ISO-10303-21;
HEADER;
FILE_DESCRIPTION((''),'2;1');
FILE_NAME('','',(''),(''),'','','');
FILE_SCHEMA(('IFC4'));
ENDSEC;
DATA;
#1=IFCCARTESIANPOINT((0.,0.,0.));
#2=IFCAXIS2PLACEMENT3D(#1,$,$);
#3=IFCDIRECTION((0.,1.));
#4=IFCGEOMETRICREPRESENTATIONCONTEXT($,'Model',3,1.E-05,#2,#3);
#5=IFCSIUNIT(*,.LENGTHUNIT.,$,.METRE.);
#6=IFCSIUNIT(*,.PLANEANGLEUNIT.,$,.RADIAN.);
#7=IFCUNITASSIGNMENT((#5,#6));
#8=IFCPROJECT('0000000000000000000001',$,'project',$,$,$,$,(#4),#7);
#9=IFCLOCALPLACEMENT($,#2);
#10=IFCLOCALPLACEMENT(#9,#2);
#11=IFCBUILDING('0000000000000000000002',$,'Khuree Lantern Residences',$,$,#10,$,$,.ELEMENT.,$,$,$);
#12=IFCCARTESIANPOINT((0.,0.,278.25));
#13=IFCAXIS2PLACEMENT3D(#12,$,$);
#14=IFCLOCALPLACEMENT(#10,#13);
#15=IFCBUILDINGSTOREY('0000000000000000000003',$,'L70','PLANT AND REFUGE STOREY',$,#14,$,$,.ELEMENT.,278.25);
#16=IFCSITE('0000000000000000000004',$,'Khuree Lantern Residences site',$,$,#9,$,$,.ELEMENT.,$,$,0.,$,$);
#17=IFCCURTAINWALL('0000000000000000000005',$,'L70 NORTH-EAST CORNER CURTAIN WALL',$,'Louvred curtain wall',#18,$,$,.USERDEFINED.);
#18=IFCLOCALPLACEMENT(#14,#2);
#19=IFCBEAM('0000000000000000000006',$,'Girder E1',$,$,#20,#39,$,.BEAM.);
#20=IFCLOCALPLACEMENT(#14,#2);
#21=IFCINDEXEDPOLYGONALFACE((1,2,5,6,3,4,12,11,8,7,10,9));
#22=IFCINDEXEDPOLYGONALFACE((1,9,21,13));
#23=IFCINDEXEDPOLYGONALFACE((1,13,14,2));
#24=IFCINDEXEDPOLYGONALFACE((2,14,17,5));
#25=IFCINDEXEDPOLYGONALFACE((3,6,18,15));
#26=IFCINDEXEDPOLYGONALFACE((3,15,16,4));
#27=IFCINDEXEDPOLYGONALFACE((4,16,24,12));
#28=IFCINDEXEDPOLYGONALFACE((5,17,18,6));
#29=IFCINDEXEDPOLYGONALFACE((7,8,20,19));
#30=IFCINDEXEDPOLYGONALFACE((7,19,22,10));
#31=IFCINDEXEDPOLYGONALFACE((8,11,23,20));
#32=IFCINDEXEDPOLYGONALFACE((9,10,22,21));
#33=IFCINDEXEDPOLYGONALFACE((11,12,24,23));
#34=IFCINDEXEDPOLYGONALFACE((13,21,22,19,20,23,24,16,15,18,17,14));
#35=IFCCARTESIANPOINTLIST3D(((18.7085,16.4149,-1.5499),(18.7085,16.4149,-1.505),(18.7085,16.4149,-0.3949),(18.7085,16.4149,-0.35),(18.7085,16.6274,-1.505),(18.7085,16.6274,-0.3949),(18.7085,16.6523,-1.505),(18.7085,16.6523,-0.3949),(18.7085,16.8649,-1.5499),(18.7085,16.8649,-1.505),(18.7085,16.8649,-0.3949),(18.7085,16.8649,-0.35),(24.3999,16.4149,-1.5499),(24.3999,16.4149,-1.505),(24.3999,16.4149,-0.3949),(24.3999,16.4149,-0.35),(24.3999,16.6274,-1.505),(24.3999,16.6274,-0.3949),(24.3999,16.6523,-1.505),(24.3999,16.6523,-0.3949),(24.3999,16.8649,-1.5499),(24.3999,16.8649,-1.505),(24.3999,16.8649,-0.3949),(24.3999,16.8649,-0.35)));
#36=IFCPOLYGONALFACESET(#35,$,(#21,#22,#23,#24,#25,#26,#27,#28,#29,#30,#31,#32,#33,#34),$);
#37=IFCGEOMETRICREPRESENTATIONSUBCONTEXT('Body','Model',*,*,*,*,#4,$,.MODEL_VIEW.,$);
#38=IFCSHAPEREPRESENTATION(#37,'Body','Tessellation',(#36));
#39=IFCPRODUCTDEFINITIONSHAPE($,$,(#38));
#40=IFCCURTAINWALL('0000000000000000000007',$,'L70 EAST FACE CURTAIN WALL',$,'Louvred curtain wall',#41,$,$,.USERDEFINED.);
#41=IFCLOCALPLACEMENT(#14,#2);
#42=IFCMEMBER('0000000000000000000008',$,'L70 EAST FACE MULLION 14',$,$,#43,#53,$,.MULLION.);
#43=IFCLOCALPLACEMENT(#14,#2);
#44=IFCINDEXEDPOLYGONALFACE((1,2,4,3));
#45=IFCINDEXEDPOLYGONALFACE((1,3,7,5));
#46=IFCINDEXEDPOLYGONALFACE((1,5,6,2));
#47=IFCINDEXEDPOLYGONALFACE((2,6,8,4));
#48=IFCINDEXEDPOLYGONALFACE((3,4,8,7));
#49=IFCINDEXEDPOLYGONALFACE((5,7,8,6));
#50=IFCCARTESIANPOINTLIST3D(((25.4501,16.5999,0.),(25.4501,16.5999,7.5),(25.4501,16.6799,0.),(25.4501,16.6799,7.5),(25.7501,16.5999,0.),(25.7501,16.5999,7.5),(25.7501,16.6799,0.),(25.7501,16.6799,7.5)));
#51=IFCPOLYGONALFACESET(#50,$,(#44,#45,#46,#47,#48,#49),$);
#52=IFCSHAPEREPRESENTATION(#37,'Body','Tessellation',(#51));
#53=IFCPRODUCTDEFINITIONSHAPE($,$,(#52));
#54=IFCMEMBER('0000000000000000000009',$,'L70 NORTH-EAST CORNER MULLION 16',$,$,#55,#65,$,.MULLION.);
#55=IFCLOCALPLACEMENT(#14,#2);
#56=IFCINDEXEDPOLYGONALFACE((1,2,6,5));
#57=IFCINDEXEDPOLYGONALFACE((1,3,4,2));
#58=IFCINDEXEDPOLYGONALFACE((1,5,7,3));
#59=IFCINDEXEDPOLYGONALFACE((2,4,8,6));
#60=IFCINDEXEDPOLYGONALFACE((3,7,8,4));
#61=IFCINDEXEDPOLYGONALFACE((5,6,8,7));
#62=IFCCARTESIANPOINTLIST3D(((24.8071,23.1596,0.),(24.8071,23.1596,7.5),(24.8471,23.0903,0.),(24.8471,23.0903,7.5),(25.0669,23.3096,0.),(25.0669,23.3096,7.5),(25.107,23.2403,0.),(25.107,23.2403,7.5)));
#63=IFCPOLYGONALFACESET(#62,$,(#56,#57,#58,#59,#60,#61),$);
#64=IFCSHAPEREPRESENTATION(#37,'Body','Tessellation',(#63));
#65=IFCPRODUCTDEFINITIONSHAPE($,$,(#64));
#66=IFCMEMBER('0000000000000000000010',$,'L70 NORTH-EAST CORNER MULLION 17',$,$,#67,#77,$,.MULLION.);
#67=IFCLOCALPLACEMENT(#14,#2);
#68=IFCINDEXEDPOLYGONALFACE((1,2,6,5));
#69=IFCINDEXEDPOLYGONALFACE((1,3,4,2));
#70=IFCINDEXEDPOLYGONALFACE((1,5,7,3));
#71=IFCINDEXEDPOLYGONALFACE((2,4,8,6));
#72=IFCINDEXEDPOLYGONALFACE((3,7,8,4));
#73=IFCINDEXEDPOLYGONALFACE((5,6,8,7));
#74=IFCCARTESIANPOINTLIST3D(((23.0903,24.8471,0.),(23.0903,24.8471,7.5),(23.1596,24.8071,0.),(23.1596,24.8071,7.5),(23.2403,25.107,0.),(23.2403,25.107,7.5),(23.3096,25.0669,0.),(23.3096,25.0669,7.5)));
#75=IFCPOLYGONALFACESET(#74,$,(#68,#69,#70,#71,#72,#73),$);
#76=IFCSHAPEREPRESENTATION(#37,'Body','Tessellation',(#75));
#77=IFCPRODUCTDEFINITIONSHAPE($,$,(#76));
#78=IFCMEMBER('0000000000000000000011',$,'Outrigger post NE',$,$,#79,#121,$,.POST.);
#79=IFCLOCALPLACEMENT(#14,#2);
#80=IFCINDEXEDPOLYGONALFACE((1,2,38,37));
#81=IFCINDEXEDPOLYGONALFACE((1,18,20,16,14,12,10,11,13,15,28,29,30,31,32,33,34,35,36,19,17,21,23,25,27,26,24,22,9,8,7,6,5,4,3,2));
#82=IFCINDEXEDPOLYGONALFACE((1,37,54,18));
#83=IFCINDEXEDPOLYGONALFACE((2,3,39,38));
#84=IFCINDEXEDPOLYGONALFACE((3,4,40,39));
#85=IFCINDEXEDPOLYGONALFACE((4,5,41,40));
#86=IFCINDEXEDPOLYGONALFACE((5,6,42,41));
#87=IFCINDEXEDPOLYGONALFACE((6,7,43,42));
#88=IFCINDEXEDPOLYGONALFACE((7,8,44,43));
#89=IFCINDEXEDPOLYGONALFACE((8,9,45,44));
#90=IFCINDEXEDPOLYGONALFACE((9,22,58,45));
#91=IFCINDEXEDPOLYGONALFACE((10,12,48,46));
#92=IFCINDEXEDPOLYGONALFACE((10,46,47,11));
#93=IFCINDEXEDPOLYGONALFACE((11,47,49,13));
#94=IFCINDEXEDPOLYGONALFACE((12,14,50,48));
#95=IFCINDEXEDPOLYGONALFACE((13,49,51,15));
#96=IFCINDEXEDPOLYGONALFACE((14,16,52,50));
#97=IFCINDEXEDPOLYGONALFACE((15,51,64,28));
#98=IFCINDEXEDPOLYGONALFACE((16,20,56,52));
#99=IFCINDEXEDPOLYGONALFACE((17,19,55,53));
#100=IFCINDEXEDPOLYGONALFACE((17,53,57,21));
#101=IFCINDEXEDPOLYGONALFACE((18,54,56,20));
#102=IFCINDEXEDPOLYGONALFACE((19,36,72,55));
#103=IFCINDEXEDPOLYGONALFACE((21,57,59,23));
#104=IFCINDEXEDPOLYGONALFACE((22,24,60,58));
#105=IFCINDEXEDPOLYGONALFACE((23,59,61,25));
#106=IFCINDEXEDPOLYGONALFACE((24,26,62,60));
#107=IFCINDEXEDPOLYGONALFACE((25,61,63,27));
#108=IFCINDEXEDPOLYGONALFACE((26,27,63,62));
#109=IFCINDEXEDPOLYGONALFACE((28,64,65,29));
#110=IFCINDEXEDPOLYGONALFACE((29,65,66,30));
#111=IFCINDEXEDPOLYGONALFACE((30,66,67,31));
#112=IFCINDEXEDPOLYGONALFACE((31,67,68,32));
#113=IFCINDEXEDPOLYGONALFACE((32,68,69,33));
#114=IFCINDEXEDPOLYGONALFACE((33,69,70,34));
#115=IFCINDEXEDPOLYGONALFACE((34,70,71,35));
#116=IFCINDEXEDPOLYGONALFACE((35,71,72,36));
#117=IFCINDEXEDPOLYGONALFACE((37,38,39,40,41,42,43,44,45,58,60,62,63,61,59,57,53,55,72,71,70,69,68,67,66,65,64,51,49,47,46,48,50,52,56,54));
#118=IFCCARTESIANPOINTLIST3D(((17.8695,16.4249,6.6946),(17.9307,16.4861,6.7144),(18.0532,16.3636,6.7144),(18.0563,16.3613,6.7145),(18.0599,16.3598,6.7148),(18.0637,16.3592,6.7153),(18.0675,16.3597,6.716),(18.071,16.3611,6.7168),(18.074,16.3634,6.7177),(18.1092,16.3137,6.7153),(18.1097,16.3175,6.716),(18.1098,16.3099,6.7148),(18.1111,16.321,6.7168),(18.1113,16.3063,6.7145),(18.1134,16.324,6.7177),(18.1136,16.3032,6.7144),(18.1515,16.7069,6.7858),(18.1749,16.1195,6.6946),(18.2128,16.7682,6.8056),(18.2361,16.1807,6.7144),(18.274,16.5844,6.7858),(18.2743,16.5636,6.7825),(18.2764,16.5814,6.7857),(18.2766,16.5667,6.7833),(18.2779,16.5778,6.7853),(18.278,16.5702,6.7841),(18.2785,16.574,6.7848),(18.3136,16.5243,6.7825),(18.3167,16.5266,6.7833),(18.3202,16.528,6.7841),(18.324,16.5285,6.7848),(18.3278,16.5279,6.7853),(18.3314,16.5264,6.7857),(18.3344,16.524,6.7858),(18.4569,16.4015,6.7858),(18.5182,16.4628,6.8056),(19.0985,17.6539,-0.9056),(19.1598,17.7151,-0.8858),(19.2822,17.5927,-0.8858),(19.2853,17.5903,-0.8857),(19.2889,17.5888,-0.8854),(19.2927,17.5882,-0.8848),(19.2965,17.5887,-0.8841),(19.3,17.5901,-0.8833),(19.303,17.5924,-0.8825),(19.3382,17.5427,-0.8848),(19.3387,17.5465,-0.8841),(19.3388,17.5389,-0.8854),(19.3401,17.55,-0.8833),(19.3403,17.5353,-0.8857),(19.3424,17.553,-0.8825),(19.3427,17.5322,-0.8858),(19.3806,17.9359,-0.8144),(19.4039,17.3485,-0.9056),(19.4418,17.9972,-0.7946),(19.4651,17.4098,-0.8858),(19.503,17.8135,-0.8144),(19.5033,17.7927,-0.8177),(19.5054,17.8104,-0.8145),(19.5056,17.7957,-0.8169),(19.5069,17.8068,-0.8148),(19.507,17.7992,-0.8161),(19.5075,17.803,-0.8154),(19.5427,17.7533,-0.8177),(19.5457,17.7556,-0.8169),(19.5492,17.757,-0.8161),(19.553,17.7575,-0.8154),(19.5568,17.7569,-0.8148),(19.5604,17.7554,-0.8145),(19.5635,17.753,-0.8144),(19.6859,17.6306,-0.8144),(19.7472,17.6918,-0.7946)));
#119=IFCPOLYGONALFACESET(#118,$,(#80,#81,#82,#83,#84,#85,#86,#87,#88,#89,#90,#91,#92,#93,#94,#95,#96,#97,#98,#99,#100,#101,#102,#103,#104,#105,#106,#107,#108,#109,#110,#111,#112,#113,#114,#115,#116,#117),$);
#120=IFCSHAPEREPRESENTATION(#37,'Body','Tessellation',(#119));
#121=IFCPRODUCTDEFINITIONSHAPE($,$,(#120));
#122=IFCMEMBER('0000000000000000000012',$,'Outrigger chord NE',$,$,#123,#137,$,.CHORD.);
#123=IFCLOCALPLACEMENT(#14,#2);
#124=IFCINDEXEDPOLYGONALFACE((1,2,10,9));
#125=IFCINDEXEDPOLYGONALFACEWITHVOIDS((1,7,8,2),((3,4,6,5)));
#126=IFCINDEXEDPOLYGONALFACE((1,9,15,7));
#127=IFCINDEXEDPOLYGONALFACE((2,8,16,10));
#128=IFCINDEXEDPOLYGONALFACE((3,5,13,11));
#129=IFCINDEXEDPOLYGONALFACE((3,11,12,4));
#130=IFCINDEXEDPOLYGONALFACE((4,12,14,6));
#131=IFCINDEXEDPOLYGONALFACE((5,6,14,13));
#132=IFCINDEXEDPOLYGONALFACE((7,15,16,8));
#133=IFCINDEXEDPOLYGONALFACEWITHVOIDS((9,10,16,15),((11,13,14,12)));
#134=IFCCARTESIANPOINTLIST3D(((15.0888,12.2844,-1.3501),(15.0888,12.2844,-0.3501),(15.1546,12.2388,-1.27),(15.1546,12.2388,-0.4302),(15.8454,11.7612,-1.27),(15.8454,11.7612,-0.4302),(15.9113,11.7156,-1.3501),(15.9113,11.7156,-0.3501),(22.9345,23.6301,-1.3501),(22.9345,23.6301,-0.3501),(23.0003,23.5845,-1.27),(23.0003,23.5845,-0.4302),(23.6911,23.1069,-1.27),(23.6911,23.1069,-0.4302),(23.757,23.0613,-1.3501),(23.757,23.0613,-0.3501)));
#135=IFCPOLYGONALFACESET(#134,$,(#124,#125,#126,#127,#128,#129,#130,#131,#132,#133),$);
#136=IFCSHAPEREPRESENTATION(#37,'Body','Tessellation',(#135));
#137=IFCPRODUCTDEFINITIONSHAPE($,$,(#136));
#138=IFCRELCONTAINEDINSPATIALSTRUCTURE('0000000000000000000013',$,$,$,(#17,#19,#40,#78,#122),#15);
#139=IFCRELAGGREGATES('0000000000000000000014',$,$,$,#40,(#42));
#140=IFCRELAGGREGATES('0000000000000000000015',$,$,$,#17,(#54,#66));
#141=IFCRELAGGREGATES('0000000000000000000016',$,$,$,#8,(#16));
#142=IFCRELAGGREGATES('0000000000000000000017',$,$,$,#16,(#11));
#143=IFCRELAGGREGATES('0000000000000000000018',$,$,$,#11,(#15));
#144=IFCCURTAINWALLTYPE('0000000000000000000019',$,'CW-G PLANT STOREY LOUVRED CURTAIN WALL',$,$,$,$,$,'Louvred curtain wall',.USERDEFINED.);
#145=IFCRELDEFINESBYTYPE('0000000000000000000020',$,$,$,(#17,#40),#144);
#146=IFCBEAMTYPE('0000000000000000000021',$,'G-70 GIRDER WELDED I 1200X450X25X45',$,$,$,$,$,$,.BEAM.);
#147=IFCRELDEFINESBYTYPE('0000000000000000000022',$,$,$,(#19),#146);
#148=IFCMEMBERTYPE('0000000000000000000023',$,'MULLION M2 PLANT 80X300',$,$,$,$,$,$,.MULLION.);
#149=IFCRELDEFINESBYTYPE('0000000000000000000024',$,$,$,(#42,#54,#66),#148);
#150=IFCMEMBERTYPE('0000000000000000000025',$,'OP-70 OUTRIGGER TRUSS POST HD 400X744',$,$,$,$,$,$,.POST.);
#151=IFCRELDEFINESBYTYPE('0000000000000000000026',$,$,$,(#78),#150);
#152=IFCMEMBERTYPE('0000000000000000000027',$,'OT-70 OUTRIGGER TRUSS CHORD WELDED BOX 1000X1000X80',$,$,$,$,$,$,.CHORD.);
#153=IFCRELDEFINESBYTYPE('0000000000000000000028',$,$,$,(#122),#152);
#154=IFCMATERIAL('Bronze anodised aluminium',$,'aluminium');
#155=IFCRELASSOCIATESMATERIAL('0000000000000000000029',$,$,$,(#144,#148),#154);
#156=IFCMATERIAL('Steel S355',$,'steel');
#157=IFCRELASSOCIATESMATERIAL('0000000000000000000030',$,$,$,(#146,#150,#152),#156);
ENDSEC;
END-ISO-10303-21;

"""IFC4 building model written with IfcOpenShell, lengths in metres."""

from ifc_helpers import new_model, si_unit, direction, frame, origin, origin_2d, place, context, subcontext, project, spatial, rectangle, hollow_rectangle, i_section, extrude, material, material_profile, profile_set, type_object, element, aggregate, save


model = new_model("IFC4")

# Units and contexts
model_context = context("Model", 3, precision=1e-05, world=origin(), true_north=direction((0.0, 1.0)))
body_context = subcontext(model_context, "Body", "Model", "MODEL_VIEW")
ifc_project = project(units=[si_unit("LENGTHUNIT", "METRE"), si_unit("PLANEANGLEUNIT", "RADIAN")], contexts=[model_context])

# Site, building, storey
site_placement = place(None, origin())
site = spatial("IfcSite", under=ifc_project, at=site_placement, Name="Khuree Lantern Residences site", CompositionType="ELEMENT", RefElevation=0.0)
building_placement = place(site_placement, origin())
building = spatial("IfcBuilding", under=site, at=building_placement, Name="Khuree Lantern Residences", CompositionType="ELEMENT")
storey_placement = place(building_placement, frame((0.0, 0.0, 278.25)))
storey = spatial("IfcBuildingStorey", under=building, at=storey_placement, Name="L70", Description="PLANT AND REFUGE STOREY", CompositionType="ELEMENT", Elevation=278.25)

# Shared definitions
ifc_material_1 = material(Name="Steel S355", Category="steel")

# Curtain wall
ifc_material_2 = material(Name="Bronze anodised aluminium", Category="aluminium")
curtain_wall_type = type_object("IfcCurtainWallType", Name="CW-G PLANT STOREY LOUVRED CURTAIN WALL", ElementType="Louvred curtain wall", PredefinedType="USERDEFINED", material=ifc_material_2)
curtain_wall_1_placement = place(storey_placement, origin())
curtain_wall_1 = element("IfcCurtainWall", 1, at=curtain_wall_1_placement, inside=storey, type_object=curtain_wall_type, Name="L70 NORTH-EAST CORNER CURTAIN WALL", ObjectType="Louvred curtain wall", PredefinedType="USERDEFINED")

# Beam
ifc_material_profile_1 = material_profile(ifc_material_1, i_section(OverallWidth=0.45, OverallDepth=1.2, WebThickness=0.0249, FlangeThickness=0.0449, at=origin_2d()), Name="WELDED I 1200X450X25X45")
ifc_profile_set_1 = profile_set([ifc_material_profile_1], Name="Steel S355")
beam_type_1 = type_object("IfcBeamType", Name="G-70 GIRDER WELDED I 1200X450X25X45", PredefinedType="BEAM", material=ifc_profile_set_1)
beam_1_placement = place(storey_placement, frame((24.3999, 16.6399, -0.95), z_axis=(-1.0, 0.0, 0.0), x_axis=(0.0, -1.0, 0.0)))
element("IfcBeam", 2, at=beam_1_placement, inside=storey, type_object=beam_type_1, Name="Girder E1", PredefinedType="BEAM", context=body_context, shape_type="SweptSolid", body=[
    extrude(i_section(OverallWidth=0.45, OverallDepth=1.2, WebThickness=0.0249, FlangeThickness=0.0449, at=origin_2d()), origin(), (0.0, 0.0, 1.0), 5.6914),
])

# Curtain wall, member
curtain_wall_2_placement = place(storey_placement, origin())
curtain_wall_2 = element("IfcCurtainWall", 3, at=curtain_wall_2_placement, inside=storey, type_object=curtain_wall_type, Name="L70 EAST FACE CURTAIN WALL", ObjectType="Louvred curtain wall", PredefinedType="USERDEFINED")
ifc_material_profile_2 = material_profile(ifc_material_2, rectangle(XDim=0.0801, YDim=0.3, at=origin_2d()), Name="M2 80X300")
ifc_profile_set_2 = profile_set([ifc_material_profile_2], Name="Bronze anodised aluminium")
member_type_1 = type_object("IfcMemberType", Name="MULLION M2 PLANT 80X300", PredefinedType="MULLION", material=ifc_profile_set_2)
member_1_placement = place(storey_placement, frame((25.6001, 16.6399, 0.0), z_axis=(0.0, 0.0, 1.0), x_axis=(0.0, 1.0, 0.0)))
member_1 = element("IfcMember", 4, at=member_1_placement, type_object=member_type_1, Name="L70 EAST FACE MULLION 14", PredefinedType="MULLION", context=body_context, shape_type="SweptSolid", body=[
    extrude(rectangle(XDim=0.0801, YDim=0.3, at=origin_2d()), origin(), (0.0, 0.0, 1.0), 7.5),
])

# Members
member_2_placement = place(storey_placement, frame((24.957, 23.2, 0.0), z_axis=(0.0, 0.0, 1.0), x_axis=(-0.5, 0.866025, 0.0)))
member_2 = element("IfcMember", 5, at=member_2_placement, type_object=member_type_1, Name="L70 NORTH-EAST CORNER MULLION 16", PredefinedType="MULLION", context=body_context, shape_type="SweptSolid", body=[
    extrude(rectangle(XDim=0.0801, YDim=0.3, at=origin_2d()), origin(), (0.0, 0.0, 1.0), 7.5),
])
member_3_placement = place(storey_placement, frame((23.2, 24.957, 0.0), z_axis=(0.0, 0.0, 1.0), x_axis=(-0.866025, 0.5, 0.0)))
member_3 = element("IfcMember", 6, at=member_3_placement, type_object=member_type_1, Name="L70 NORTH-EAST CORNER MULLION 17", PredefinedType="MULLION", context=body_context, shape_type="SweptSolid", body=[
    extrude(rectangle(XDim=0.0801, YDim=0.3, at=origin_2d()), origin(), (0.0, 0.0, 1.0), 7.5),
])

# Members
ifc_material_profile_3 = material_profile(ifc_material_1, i_section(OverallWidth=0.4319, OverallDepth=0.498, WebThickness=0.0557, FlangeThickness=0.0889, FilletRadius=0.0149, at=origin_2d()), Name="HD 400X744")
ifc_profile_set_3 = profile_set([ifc_material_profile_3], Name="Steel S355")
member_type_2 = type_object("IfcMemberType", Name="OP-70 OUTRIGGER TRUSS POST HD 400X744", PredefinedType="POST", material=ifc_profile_set_3)
member_4_placement = place(storey_placement, frame((19.4229, 17.6729, -0.8501), z_axis=(-0.157639, -0.157639, 0.974833), x_axis=(0.707107, -0.707107, 0.0)))
element("IfcMember", 7, at=member_4_placement, inside=storey, type_object=member_type_2, Name="Outrigger post NE", PredefinedType="POST", context=body_context, shape_type="SweptSolid", body=[
    extrude(i_section(OverallWidth=0.4319, OverallDepth=0.498, WebThickness=0.0557, FlangeThickness=0.0889, FilletRadius=0.0149, at=origin_2d()), origin(), (0.0, 0.0, 1.0), 7.7964),
])
ifc_material_profile_4 = material_profile(ifc_material_1, hollow_rectangle(XDim=1.0, YDim=1.0, WallThickness=0.0801, at=origin_2d()), Name="WELDED BOX 1000X1000X80")
ifc_profile_set_4 = profile_set([ifc_material_profile_4], Name="Steel S355")
member_type_3 = type_object("IfcMemberType", Name="OT-70 OUTRIGGER TRUSS CHORD WELDED BOX 1000X1000X80", PredefinedType="CHORD", material=ifc_profile_set_4)
member_5_placement = place(storey_placement, frame((23.3457, 23.3457, -0.8501), z_axis=(-0.568768, -0.822498, 0.0), x_axis=(0.822498, -0.568768, 0.0)))
element("IfcMember", 8, at=member_5_placement, inside=storey, type_object=member_type_3, Name="Outrigger chord NE", PredefinedType="CHORD", context=body_context, shape_type="SweptSolid", body=[
    extrude(hollow_rectangle(XDim=1.0, YDim=1.0, WallThickness=0.0801, at=origin_2d()), origin(), (0.0, 0.0, 1.0), 13.7942),
])

aggregate(curtain_wall_2, [member_1])
aggregate(curtain_wall_1, [member_2, member_3])

save(model, "model.ifc")
